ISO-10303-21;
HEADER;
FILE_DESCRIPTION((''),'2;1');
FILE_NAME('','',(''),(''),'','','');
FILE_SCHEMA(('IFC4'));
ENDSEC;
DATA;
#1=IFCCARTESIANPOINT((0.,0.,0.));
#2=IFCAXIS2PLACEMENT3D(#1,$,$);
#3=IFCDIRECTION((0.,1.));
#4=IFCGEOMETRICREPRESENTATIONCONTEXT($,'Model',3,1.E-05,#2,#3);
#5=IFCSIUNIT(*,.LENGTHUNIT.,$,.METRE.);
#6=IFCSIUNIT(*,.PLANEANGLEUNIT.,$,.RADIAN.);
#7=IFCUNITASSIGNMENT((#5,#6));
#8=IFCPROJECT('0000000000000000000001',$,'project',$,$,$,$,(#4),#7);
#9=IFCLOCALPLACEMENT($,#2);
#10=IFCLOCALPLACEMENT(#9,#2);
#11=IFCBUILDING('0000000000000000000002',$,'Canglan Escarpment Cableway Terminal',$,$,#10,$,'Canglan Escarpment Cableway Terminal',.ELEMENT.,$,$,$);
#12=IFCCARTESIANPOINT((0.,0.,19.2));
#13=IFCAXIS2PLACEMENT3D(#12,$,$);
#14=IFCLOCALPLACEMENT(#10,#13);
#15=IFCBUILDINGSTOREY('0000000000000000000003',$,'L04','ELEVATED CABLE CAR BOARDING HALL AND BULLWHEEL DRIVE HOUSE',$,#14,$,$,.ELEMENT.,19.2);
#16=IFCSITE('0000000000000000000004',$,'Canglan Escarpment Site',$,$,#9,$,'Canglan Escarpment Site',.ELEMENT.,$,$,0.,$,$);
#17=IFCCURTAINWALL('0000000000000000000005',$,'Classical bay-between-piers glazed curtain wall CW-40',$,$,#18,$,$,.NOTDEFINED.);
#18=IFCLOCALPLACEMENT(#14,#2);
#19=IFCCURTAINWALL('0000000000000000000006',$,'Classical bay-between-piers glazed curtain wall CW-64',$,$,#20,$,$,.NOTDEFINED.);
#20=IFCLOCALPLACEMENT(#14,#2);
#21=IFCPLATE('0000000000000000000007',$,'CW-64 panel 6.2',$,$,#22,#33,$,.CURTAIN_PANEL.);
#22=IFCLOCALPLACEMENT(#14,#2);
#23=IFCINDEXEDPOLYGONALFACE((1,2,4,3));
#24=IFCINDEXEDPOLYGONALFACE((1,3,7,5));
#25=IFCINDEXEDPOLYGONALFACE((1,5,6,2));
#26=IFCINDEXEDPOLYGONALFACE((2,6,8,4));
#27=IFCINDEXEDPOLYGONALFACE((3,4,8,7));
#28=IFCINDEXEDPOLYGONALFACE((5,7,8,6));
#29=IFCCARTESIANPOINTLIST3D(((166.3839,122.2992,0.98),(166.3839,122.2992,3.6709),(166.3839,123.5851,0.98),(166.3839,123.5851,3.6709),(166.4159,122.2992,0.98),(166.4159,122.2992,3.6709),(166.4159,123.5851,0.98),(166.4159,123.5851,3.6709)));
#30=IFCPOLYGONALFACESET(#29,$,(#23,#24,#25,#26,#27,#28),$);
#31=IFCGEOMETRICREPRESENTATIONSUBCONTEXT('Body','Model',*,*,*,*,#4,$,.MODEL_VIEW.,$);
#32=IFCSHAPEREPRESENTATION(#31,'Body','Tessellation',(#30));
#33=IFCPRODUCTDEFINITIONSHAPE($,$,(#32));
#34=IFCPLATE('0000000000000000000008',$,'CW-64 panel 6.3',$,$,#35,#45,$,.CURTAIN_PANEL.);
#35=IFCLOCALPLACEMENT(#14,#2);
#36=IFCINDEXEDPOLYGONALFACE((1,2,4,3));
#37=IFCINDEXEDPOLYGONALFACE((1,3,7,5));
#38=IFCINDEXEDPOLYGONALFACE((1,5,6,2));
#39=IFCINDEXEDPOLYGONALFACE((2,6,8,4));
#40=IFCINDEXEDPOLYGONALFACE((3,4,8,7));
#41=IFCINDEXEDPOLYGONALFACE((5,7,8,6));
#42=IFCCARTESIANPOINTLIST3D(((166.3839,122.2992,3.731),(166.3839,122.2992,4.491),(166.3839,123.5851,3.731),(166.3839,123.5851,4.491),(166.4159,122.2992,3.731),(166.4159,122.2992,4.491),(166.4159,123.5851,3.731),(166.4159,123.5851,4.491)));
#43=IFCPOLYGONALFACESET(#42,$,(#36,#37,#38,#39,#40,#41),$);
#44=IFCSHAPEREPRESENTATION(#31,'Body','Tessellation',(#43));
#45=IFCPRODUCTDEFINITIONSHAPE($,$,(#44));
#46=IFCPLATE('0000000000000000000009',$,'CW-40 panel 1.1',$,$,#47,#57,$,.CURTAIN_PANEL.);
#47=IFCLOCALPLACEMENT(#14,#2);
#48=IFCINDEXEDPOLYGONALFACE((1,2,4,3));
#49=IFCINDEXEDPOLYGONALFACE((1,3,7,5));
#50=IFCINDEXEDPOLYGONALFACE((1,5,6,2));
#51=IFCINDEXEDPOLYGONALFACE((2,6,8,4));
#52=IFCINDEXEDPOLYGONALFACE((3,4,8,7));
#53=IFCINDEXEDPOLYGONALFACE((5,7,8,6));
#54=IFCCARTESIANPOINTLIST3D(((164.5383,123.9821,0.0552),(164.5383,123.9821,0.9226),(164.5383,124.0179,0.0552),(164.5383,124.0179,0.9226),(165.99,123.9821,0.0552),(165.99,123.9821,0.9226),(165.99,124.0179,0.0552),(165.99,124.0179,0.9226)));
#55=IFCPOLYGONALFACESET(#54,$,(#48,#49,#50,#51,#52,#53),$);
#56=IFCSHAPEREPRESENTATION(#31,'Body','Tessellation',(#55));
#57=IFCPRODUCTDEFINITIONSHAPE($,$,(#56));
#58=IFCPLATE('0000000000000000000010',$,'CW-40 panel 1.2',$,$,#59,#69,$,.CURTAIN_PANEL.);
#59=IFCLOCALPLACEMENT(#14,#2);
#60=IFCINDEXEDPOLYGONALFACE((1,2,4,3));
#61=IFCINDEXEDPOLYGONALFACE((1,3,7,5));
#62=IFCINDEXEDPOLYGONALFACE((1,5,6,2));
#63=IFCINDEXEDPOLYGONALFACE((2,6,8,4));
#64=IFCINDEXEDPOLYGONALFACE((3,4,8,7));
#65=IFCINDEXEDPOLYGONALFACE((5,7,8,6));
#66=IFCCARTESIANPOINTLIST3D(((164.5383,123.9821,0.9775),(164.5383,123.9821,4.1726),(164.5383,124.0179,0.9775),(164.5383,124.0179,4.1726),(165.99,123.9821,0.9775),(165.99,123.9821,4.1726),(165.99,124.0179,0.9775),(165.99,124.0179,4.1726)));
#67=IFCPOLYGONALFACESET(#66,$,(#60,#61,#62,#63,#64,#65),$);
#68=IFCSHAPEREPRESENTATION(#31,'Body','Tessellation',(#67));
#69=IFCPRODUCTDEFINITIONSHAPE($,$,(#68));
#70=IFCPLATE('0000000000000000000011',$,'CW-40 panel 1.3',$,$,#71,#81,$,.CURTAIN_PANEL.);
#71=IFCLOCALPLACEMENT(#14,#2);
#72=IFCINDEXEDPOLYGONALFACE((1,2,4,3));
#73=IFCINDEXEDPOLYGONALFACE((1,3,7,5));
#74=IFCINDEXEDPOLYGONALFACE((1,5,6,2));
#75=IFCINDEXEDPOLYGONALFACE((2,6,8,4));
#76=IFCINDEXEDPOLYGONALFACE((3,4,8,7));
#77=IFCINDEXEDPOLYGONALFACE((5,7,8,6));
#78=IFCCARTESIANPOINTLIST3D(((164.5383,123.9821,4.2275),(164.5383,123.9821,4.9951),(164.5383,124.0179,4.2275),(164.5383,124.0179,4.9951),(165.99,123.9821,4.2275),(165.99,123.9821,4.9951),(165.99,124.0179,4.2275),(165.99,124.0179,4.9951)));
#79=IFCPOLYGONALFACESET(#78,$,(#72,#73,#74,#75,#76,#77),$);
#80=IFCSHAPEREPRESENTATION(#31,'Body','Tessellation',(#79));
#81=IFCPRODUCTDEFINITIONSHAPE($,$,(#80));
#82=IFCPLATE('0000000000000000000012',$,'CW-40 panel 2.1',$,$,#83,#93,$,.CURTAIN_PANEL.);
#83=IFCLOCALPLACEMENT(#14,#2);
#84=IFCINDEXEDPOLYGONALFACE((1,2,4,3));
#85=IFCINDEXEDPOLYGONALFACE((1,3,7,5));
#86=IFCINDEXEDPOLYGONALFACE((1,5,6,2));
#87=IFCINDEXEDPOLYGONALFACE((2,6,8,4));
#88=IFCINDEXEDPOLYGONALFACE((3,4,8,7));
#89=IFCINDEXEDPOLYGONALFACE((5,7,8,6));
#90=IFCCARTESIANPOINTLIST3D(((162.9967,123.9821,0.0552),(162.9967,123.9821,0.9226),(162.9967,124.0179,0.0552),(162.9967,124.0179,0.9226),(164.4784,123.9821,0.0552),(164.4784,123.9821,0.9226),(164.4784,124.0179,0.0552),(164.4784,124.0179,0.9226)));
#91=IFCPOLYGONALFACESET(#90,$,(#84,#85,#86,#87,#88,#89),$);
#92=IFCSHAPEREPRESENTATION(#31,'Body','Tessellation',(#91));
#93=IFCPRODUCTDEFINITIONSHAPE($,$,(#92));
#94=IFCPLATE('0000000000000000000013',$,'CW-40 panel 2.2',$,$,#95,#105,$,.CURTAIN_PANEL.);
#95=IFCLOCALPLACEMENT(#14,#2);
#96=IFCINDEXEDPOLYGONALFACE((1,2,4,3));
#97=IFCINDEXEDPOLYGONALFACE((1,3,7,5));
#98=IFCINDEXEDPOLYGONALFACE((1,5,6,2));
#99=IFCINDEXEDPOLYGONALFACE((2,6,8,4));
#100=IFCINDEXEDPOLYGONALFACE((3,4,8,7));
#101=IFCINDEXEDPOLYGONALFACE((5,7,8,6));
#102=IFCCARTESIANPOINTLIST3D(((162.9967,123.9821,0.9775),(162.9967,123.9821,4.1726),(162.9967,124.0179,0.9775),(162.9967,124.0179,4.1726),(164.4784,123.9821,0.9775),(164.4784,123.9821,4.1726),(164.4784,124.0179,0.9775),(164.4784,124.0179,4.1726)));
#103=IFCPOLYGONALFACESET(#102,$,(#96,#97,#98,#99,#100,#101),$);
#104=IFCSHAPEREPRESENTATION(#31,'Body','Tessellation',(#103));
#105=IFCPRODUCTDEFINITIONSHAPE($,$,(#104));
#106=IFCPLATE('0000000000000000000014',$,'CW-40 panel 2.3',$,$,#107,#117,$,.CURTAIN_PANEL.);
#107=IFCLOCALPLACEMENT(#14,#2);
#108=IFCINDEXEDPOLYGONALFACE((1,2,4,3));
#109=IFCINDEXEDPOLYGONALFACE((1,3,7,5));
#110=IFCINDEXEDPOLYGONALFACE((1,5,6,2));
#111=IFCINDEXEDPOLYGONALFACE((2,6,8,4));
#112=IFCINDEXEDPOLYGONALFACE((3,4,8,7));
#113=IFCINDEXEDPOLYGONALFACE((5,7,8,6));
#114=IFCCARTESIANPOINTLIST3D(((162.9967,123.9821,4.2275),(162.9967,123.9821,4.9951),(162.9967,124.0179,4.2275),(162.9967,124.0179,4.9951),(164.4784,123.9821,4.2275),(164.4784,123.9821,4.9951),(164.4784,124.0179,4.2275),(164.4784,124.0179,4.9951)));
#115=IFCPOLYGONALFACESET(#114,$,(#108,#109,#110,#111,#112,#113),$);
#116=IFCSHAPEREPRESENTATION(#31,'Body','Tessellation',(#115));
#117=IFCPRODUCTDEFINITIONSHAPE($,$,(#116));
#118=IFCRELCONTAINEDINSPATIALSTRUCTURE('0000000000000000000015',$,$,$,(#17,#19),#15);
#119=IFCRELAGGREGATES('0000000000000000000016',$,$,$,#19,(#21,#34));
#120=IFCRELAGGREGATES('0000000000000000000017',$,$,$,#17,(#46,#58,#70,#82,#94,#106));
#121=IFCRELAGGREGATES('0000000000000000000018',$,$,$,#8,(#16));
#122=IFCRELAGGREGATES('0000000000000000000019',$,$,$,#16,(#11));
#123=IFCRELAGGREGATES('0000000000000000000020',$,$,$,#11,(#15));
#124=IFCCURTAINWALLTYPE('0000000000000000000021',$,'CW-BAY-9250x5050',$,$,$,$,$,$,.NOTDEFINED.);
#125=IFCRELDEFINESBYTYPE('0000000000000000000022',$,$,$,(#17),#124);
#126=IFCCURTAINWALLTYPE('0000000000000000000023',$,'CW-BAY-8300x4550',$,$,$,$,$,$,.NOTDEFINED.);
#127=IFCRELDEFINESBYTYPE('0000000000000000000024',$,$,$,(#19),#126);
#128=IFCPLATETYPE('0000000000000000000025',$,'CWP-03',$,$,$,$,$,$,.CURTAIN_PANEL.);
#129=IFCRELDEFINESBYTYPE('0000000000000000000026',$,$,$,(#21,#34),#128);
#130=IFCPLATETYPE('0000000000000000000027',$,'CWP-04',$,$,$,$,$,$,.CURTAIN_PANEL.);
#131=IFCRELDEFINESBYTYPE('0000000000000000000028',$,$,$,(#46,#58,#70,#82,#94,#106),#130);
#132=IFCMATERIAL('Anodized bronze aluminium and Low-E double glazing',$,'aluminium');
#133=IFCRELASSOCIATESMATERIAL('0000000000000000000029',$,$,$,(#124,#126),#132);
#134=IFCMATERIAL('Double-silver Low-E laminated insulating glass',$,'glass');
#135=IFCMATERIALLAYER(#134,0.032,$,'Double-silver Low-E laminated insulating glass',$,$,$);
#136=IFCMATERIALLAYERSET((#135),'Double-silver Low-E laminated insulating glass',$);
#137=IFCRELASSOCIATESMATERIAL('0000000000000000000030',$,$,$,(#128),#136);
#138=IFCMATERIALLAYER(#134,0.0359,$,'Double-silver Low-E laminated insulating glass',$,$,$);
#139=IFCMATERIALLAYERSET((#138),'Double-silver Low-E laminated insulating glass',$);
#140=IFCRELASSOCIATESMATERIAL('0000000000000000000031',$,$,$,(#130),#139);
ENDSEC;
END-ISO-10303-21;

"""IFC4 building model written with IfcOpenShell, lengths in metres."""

from ifc_helpers import new_model, si_unit, direction, frame, origin, origin_2d, place, context, subcontext, project, spatial, rectangle, extrude, material, layer, layer_set, type_object, element, aggregate, save


model = new_model("IFC4")

# Units and contexts
model_context = context("Model", 3, precision=1e-05, world=origin(), true_north=direction((0.0, 1.0)))
body_context = subcontext(model_context, "Body", "Model", "MODEL_VIEW")
ifc_project = project(units=[si_unit("LENGTHUNIT", "METRE"), si_unit("PLANEANGLEUNIT", "RADIAN")], contexts=[model_context])

# Site, building, storey
site_placement = place(None, origin())
site = spatial("IfcSite", under=ifc_project, at=site_placement, Name="Canglan Escarpment Site", LongName="Canglan Escarpment Site", CompositionType="ELEMENT", RefElevation=0.0)
building_placement = place(site_placement, origin())
building = spatial("IfcBuilding", under=site, at=building_placement, Name="Canglan Escarpment Cableway Terminal", LongName="Canglan Escarpment Cableway Terminal", CompositionType="ELEMENT")
storey_placement = place(building_placement, frame((0.0, 0.0, 19.2)))
storey = spatial("IfcBuildingStorey", under=building, at=storey_placement, Name="L04", Description="ELEVATED CABLE CAR BOARDING HALL AND BULLWHEEL DRIVE HOUSE", CompositionType="ELEMENT", Elevation=19.2)

# Curtain walls
ifc_material_1 = material(Name="Anodized bronze aluminium and Low-E double glazing", Category="aluminium")
curtain_wall_type_1 = type_object("IfcCurtainWallType", Name="CW-BAY-9250x5050", PredefinedType="NOTDEFINED", material=ifc_material_1)
curtain_wall_1_placement = place(storey_placement, origin())
curtain_wall_1 = element("IfcCurtainWall", 1, at=curtain_wall_1_placement, inside=storey, type_object=curtain_wall_type_1, Name="Classical bay-between-piers glazed curtain wall CW-40", PredefinedType="NOTDEFINED")
curtain_wall_type_2 = type_object("IfcCurtainWallType", Name="CW-BAY-8300x4550", PredefinedType="NOTDEFINED", material=ifc_material_1)
curtain_wall_2_placement = place(storey_placement, origin())
curtain_wall_2 = element("IfcCurtainWall", 2, at=curtain_wall_2_placement, inside=storey, type_object=curtain_wall_type_2, Name="Classical bay-between-piers glazed curtain wall CW-64", PredefinedType="NOTDEFINED")

# Plates
ifc_material_2 = material(Name="Double-silver Low-E laminated insulating glass", Category="glass")
ifc_layer_1 = layer(ifc_material_2, 0.032, Name="Double-silver Low-E laminated insulating glass")
ifc_layer_set_1 = layer_set([ifc_layer_1], Name="Double-silver Low-E laminated insulating glass")
plate_type_1 = type_object("IfcPlateType", Name="CWP-03", PredefinedType="CURTAIN_PANEL", material=ifc_layer_set_1)
plate_1_placement = place(storey_placement, frame((166.3999, 122.9421, 0.98), z_axis=(0.0, 0.0, 1.0), x_axis=(0.0, 1.0, 0.0)))
plate_1 = element("IfcPlate", 3, at=plate_1_placement, type_object=plate_type_1, Name="CW-64 panel 6.2", PredefinedType="CURTAIN_PANEL", context=body_context, shape_type="SweptSolid", body=[
    extrude(rectangle(XDim=1.2859, YDim=0.032, at=origin_2d()), origin(), (0.0, 0.0, 1.0), 2.6909),
])
plate_2_placement = place(storey_placement, frame((166.3999, 122.9421, 3.731), z_axis=(0.0, 0.0, 1.0), x_axis=(0.0, 1.0, 0.0)))
plate_2 = element("IfcPlate", 4, at=plate_2_placement, type_object=plate_type_1, Name="CW-64 panel 6.3", PredefinedType="CURTAIN_PANEL", context=body_context, shape_type="SweptSolid", body=[
    extrude(rectangle(XDim=1.2859, YDim=0.032, at=origin_2d()), origin(), (0.0, 0.0, 1.0), 0.76),
])
aggregate(curtain_wall_2, [plate_1, plate_2])
ifc_layer_2 = layer(ifc_material_2, 0.0359, Name="Double-silver Low-E laminated insulating glass")
ifc_layer_set_2 = layer_set([ifc_layer_2], Name="Double-silver Low-E laminated insulating glass")
plate_type_2 = type_object("IfcPlateType", Name="CWP-04", PredefinedType="CURTAIN_PANEL", material=ifc_layer_set_2)
plate_3_placement = place(storey_placement, frame((165.2642, 124.0, 0.0552), z_axis=(0.0, 0.0, 1.0), x_axis=(-1.0, 0.0, 0.0)))
plate_3 = element("IfcPlate", 5, at=plate_3_placement, type_object=plate_type_2, Name="CW-40 panel 1.1", PredefinedType="CURTAIN_PANEL", context=body_context, shape_type="SweptSolid", body=[
    extrude(rectangle(XDim=1.4517, YDim=0.0359, at=origin_2d()), origin(), (0.0, 0.0, 1.0), 0.8674),
])
plate_4_placement = place(storey_placement, frame((165.2642, 124.0, 0.9775), z_axis=(0.0, 0.0, 1.0), x_axis=(-1.0, 0.0, 0.0)))
plate_4 = element("IfcPlate", 6, at=plate_4_placement, type_object=plate_type_2, Name="CW-40 panel 1.2", PredefinedType="CURTAIN_PANEL", context=body_context, shape_type="SweptSolid", body=[
    extrude(rectangle(XDim=1.4517, YDim=0.0359, at=origin_2d()), origin(), (0.0, 0.0, 1.0), 3.1951),
])
plate_5_placement = place(storey_placement, frame((165.2642, 124.0, 4.2275), z_axis=(0.0, 0.0, 1.0), x_axis=(-1.0, 0.0, 0.0)))
plate_5 = element("IfcPlate", 7, at=plate_5_placement, type_object=plate_type_2, Name="CW-40 panel 1.3", PredefinedType="CURTAIN_PANEL", context=body_context, shape_type="SweptSolid", body=[
    extrude(rectangle(XDim=1.4517, YDim=0.0359, at=origin_2d()), origin(), (0.0, 0.0, 1.0), 0.7676),
])
plate_6_placement = place(storey_placement, frame((163.7375, 124.0, 0.0552), z_axis=(0.0, 0.0, 1.0), x_axis=(-1.0, 0.0, 0.0)))
plate_6 = element("IfcPlate", 8, at=plate_6_placement, type_object=plate_type_2, Name="CW-40 panel 2.1", PredefinedType="CURTAIN_PANEL", context=body_context, shape_type="SweptSolid", body=[
    extrude(rectangle(XDim=1.4817, YDim=0.0359, at=origin_2d()), origin(), (0.0, 0.0, 1.0), 0.8674),
])
plate_7_placement = place(storey_placement, frame((163.7375, 124.0, 0.9775), z_axis=(0.0, 0.0, 1.0), x_axis=(-1.0, 0.0, 0.0)))
plate_7 = element("IfcPlate", 9, at=plate_7_placement, type_object=plate_type_2, Name="CW-40 panel 2.2", PredefinedType="CURTAIN_PANEL", context=body_context, shape_type="SweptSolid", body=[
    extrude(rectangle(XDim=1.4817, YDim=0.0359, at=origin_2d()), origin(), (0.0, 0.0, 1.0), 3.1951),
])
plate_8_placement = place(storey_placement, frame((163.7375, 124.0, 4.2275), z_axis=(0.0, 0.0, 1.0), x_axis=(-1.0, 0.0, 0.0)))
plate_8 = element("IfcPlate", 10, at=plate_8_placement, type_object=plate_type_2, Name="CW-40 panel 2.3", PredefinedType="CURTAIN_PANEL", context=body_context, shape_type="SweptSolid", body=[
    extrude(rectangle(XDim=1.4817, YDim=0.0359, at=origin_2d()), origin(), (0.0, 0.0, 1.0), 0.7676),
])
aggregate(curtain_wall_1, [plate_3, plate_4, plate_5, plate_6, plate_7, plate_8])

save(model, "model.ifc")
